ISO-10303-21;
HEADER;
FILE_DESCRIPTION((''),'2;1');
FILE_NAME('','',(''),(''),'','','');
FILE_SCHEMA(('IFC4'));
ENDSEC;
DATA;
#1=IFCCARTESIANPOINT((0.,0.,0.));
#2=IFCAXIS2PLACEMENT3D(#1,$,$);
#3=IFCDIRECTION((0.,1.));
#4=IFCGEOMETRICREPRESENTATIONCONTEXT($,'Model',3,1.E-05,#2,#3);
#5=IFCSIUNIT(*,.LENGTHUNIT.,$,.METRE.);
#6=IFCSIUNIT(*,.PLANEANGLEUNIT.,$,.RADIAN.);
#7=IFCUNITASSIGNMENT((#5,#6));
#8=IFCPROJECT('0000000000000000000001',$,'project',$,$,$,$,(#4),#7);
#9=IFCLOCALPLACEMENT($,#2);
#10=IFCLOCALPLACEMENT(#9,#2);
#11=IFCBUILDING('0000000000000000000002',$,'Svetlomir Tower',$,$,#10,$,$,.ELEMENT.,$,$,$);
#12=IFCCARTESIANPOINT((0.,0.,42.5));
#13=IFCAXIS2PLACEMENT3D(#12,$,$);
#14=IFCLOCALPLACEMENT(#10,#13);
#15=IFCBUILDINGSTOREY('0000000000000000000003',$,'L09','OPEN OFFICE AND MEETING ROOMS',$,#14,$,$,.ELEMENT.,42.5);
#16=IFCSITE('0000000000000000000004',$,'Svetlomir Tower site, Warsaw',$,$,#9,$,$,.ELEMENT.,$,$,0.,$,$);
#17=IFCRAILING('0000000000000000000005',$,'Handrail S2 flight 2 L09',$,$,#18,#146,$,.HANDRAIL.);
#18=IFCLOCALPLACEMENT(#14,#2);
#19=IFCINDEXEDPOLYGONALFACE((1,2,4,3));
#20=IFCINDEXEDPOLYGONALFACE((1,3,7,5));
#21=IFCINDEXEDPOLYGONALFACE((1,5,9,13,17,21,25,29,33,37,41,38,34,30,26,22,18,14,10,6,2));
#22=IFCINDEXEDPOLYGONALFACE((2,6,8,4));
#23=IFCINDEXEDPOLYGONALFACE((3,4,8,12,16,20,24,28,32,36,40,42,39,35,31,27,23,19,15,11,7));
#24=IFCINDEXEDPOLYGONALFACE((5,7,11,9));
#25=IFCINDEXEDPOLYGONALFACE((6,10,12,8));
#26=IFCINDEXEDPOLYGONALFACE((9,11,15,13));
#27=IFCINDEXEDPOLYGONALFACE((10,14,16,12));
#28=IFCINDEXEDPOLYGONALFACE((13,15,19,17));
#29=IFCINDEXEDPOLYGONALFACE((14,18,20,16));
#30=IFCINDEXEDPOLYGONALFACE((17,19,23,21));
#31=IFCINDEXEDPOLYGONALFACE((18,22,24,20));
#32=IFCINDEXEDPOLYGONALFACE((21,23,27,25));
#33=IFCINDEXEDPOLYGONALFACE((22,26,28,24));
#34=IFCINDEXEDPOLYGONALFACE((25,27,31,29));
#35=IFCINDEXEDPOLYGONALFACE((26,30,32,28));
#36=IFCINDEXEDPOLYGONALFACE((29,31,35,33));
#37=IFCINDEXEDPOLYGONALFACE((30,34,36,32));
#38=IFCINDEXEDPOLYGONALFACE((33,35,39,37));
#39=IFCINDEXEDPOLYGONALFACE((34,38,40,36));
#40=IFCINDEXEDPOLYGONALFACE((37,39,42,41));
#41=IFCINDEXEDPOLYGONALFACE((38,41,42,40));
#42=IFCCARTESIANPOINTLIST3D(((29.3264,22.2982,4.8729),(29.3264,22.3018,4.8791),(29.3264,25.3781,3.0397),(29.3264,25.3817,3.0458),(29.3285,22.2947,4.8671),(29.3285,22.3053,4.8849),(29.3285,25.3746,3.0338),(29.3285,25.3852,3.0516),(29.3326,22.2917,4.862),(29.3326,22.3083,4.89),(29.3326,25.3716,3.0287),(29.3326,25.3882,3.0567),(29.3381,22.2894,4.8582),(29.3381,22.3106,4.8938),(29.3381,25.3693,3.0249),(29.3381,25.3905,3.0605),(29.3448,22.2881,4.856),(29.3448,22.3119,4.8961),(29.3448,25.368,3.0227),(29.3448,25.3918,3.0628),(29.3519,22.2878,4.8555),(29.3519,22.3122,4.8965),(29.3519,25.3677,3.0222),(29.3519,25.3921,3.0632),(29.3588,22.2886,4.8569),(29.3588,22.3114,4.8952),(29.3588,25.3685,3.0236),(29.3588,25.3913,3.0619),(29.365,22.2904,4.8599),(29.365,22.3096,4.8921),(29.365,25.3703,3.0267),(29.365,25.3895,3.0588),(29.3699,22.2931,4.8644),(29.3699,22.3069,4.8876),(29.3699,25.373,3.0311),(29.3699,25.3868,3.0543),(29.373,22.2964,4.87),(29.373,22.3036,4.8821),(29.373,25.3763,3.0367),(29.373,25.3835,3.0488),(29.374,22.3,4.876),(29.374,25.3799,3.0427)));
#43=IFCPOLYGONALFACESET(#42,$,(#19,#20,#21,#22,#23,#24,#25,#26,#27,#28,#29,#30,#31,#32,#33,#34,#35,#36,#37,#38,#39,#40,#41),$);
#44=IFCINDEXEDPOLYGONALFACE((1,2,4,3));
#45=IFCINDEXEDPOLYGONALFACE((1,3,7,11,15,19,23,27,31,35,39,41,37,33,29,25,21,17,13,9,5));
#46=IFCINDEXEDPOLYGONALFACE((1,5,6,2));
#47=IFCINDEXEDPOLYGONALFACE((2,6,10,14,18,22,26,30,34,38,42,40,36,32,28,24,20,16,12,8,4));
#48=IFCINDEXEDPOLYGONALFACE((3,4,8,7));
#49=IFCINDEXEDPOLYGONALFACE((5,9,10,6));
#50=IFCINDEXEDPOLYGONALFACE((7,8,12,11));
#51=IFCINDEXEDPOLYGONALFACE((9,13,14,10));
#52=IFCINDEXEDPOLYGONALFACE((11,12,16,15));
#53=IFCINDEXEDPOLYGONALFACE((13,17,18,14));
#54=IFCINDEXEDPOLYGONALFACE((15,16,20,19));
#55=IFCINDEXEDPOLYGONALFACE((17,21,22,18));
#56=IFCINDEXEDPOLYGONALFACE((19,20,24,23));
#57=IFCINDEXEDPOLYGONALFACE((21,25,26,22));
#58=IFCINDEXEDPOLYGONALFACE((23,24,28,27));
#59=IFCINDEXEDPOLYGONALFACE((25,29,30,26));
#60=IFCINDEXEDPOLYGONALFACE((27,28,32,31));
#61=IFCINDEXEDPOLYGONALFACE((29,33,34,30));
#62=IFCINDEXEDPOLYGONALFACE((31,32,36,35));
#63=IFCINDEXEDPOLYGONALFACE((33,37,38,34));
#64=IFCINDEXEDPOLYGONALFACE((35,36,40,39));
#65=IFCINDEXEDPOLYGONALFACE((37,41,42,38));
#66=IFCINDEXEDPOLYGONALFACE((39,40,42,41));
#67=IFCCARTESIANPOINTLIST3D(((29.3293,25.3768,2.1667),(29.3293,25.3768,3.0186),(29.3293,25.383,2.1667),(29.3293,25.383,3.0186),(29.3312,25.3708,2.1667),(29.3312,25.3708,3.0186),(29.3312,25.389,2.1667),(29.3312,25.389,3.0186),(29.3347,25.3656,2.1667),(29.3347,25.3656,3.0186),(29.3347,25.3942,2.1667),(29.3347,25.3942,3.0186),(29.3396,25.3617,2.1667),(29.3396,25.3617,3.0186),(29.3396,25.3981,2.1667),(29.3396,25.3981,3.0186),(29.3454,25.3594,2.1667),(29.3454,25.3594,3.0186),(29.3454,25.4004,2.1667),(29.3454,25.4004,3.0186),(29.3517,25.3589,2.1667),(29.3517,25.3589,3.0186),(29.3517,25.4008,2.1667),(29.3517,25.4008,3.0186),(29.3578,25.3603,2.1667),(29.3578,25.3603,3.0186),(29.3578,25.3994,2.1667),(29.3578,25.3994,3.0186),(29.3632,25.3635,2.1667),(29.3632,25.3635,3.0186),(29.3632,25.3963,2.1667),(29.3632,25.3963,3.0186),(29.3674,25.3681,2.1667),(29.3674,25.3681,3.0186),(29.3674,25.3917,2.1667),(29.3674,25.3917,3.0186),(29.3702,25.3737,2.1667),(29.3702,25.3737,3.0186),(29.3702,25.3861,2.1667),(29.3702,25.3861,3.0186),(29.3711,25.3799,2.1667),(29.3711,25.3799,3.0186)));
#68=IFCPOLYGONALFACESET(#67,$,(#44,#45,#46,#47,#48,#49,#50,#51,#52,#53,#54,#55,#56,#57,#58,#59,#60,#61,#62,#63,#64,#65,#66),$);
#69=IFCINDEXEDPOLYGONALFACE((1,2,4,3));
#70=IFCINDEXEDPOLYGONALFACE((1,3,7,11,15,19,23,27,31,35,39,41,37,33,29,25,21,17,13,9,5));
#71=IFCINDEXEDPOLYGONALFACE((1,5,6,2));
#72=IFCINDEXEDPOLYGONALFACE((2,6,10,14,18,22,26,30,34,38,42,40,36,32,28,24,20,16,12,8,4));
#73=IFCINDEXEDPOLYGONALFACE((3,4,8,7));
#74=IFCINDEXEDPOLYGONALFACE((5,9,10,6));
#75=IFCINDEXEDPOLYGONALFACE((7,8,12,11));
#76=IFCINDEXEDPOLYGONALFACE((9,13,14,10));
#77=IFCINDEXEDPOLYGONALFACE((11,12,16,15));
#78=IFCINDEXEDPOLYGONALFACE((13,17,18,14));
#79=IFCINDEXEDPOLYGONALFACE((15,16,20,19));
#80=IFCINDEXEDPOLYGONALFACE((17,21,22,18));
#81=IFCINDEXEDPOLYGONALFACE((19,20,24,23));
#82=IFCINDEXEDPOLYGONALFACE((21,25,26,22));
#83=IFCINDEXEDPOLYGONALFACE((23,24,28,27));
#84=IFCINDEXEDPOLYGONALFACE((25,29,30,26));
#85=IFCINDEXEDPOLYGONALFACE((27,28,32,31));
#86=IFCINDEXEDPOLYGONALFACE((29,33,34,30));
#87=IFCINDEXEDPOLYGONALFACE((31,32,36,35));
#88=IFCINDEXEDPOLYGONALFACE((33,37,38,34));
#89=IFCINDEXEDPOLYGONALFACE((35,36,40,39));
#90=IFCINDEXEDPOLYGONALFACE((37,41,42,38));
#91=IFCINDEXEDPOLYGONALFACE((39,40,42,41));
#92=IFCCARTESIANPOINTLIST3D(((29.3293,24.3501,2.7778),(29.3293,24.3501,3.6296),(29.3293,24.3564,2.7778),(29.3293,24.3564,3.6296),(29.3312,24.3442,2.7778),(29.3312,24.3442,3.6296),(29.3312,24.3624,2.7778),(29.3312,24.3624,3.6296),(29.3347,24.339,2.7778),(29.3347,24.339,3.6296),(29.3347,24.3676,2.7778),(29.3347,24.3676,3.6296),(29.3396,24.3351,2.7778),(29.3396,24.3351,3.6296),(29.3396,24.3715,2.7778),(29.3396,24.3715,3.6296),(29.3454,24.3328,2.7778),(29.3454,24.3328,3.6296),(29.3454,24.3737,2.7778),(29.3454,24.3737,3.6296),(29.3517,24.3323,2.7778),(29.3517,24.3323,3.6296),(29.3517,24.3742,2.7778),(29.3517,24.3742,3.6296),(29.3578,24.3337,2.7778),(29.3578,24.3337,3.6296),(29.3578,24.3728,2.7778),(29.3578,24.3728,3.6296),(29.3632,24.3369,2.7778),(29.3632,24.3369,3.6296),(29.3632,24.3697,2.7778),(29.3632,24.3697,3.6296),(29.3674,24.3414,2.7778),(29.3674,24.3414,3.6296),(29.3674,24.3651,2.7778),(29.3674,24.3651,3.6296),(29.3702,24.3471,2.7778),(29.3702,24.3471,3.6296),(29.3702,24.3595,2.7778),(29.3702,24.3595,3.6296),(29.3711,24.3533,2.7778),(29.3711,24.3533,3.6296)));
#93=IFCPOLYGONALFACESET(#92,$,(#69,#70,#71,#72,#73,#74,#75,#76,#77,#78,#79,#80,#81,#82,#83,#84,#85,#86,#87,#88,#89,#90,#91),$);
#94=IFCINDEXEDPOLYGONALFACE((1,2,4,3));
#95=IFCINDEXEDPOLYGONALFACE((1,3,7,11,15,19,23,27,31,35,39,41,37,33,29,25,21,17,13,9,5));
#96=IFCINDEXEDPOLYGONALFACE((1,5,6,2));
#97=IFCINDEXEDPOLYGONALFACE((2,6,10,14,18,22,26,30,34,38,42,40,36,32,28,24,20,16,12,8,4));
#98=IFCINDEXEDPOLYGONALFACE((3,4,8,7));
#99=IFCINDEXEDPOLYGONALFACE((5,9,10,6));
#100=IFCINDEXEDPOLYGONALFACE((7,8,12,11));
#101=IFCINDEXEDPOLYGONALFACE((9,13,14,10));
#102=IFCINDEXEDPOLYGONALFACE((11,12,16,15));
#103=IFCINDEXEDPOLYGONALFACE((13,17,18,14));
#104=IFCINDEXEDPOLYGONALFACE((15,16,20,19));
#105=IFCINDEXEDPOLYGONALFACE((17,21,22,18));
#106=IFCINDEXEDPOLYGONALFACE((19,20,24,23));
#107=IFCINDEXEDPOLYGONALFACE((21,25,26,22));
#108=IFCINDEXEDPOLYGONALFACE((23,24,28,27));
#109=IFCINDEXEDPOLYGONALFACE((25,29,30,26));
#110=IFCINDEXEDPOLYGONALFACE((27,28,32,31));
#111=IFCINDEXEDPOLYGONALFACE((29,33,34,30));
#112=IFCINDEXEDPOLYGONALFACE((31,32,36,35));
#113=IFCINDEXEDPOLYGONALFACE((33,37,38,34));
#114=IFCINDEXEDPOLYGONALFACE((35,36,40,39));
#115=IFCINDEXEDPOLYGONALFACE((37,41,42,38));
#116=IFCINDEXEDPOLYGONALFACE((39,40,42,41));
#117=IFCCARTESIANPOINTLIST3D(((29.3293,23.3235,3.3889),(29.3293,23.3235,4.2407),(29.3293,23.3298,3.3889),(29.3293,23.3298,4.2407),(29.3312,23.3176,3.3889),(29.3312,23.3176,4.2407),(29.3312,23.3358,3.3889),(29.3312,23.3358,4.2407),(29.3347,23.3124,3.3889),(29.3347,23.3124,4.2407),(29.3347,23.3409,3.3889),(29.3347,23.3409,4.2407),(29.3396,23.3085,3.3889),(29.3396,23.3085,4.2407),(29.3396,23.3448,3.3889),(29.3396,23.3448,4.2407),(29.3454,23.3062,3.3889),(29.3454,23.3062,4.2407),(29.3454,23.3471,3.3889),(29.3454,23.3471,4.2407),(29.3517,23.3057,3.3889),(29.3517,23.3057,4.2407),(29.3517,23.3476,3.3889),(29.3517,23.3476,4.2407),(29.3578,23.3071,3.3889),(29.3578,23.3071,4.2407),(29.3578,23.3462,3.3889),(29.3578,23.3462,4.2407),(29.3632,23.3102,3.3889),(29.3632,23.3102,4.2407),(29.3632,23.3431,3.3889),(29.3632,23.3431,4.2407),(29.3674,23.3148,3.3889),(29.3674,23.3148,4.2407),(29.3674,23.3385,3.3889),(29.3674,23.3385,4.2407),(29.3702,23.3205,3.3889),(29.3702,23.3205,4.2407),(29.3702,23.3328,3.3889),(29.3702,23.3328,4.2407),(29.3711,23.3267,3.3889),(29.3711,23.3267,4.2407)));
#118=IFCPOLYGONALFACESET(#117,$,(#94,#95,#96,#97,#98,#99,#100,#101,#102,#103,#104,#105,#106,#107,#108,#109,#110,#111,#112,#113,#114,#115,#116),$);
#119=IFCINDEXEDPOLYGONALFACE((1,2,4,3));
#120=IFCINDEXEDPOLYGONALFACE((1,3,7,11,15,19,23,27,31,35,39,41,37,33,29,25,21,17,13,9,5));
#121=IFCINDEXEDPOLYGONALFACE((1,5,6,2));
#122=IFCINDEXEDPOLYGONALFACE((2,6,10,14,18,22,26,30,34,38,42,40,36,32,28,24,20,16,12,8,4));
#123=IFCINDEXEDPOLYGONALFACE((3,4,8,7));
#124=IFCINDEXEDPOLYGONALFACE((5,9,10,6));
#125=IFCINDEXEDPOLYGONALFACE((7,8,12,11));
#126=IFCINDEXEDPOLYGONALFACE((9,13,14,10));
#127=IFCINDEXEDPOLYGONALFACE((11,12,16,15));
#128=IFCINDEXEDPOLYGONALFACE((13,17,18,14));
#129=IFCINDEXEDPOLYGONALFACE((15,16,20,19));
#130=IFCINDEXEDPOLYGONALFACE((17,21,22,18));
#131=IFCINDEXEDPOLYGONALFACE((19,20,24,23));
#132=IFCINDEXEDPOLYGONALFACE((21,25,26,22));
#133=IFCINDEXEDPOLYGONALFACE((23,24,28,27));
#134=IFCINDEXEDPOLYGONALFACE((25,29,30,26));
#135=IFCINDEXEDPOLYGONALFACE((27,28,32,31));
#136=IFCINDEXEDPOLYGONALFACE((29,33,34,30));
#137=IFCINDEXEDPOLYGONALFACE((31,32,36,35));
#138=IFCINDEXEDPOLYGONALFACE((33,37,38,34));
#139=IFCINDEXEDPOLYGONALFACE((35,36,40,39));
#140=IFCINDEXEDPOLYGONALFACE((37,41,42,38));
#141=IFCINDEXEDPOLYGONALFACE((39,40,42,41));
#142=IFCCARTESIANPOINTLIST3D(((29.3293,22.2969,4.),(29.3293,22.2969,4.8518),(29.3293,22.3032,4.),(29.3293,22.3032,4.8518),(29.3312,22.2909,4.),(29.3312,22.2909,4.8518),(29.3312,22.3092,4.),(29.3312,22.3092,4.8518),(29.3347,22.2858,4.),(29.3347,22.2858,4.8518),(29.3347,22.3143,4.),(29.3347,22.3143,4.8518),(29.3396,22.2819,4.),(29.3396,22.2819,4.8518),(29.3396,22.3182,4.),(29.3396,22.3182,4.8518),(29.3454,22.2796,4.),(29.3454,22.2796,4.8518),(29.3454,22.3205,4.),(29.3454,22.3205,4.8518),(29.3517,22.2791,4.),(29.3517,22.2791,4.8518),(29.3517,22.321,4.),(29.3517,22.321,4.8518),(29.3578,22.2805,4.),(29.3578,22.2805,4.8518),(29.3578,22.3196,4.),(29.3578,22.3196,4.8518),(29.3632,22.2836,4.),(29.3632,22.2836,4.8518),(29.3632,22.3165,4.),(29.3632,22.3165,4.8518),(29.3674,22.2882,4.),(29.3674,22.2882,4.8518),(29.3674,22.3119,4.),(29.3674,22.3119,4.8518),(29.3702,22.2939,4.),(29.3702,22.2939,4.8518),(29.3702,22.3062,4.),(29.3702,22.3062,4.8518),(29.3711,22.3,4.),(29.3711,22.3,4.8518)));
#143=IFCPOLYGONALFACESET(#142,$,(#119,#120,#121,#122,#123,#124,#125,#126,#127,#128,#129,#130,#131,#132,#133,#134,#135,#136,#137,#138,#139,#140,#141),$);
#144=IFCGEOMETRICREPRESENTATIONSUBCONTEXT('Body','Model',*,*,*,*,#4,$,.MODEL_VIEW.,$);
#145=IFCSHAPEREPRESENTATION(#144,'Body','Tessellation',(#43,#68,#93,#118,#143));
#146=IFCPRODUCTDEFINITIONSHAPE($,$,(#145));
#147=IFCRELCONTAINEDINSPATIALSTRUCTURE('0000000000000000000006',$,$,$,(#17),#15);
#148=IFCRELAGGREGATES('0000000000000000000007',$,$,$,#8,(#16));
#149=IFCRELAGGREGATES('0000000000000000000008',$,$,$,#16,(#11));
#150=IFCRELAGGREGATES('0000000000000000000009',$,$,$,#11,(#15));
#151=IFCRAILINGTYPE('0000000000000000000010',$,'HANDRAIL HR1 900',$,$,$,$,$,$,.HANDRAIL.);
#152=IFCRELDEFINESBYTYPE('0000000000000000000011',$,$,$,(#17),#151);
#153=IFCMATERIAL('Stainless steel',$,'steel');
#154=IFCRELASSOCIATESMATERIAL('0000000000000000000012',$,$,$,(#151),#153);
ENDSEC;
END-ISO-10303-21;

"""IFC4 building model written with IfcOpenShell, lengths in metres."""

from ifc_helpers import new_model, si_unit, direction, frame, origin, origin_2d, place, context, subcontext, project, spatial, circle, extrude, material, type_object, element, save


model = new_model("IFC4")

# Units and contexts
model_context = context("Model", 3, precision=1e-05, world=origin(), true_north=direction((0.0, 1.0)))
body_context = subcontext(model_context, "Body", "Model", "MODEL_VIEW")
ifc_project = project(units=[si_unit("LENGTHUNIT", "METRE"), si_unit("PLANEANGLEUNIT", "RADIAN")], contexts=[model_context])

# Site, building, storey
site_placement = place(None, origin())
site = spatial("IfcSite", under=ifc_project, at=site_placement, Name="Svetlomir Tower site, Warsaw", CompositionType="ELEMENT", RefElevation=0.0)
building_placement = place(site_placement, origin())
building = spatial("IfcBuilding", under=site, at=building_placement, Name="Svetlomir Tower", CompositionType="ELEMENT")
storey_placement = place(building_placement, frame((0.0, 0.0, 42.5)))
storey = spatial("IfcBuildingStorey", under=building, at=storey_placement, Name="L09", Description="OPEN OFFICE AND MEETING ROOMS", CompositionType="ELEMENT", Elevation=42.5)

# Railing
ifc_material_1 = material(Name="Stainless steel", Category="steel")
railing_type = type_object("IfcRailingType", Name="HANDRAIL HR1 900", PredefinedType="HANDRAIL", material=ifc_material_1)
railing_1_placement = place(storey_placement, frame((29.3501, 25.3799, 2.1667)))
element("IfcRailing", 1, at=railing_1_placement, inside=storey, type_object=railing_type, Name="Handrail S2 flight 2 L09", PredefinedType="HANDRAIL", context=body_context, shape_type="SweptSolid", body=[
    extrude(circle(Radius=0.0239, at=origin_2d()), frame((0.0, 0.0, 0.876), z_axis=(0.0, -0.859291, 0.511487), x_axis=(1.0, 0.0, 0.0)), (0.0, 0.0, 1.0), 3.5842),
    extrude(circle(Radius=0.021, at=origin_2d()), origin(), (0.0, 0.0, 1.0), 0.8518),
    extrude(circle(Radius=0.021, at=origin_2d()), frame((0.0, -1.0266, 0.6111)), (0.0, 0.0, 1.0), 0.8518),
    extrude(circle(Radius=0.021, at=origin_2d()), frame((0.0, -2.0532, 1.2222)), (0.0, 0.0, 1.0), 0.8518),
    extrude(circle(Radius=0.021, at=origin_2d()), frame((0.0, -3.0798, 1.8333)), (0.0, 0.0, 1.0), 0.8518),
])

save(model, "model.ifc")
